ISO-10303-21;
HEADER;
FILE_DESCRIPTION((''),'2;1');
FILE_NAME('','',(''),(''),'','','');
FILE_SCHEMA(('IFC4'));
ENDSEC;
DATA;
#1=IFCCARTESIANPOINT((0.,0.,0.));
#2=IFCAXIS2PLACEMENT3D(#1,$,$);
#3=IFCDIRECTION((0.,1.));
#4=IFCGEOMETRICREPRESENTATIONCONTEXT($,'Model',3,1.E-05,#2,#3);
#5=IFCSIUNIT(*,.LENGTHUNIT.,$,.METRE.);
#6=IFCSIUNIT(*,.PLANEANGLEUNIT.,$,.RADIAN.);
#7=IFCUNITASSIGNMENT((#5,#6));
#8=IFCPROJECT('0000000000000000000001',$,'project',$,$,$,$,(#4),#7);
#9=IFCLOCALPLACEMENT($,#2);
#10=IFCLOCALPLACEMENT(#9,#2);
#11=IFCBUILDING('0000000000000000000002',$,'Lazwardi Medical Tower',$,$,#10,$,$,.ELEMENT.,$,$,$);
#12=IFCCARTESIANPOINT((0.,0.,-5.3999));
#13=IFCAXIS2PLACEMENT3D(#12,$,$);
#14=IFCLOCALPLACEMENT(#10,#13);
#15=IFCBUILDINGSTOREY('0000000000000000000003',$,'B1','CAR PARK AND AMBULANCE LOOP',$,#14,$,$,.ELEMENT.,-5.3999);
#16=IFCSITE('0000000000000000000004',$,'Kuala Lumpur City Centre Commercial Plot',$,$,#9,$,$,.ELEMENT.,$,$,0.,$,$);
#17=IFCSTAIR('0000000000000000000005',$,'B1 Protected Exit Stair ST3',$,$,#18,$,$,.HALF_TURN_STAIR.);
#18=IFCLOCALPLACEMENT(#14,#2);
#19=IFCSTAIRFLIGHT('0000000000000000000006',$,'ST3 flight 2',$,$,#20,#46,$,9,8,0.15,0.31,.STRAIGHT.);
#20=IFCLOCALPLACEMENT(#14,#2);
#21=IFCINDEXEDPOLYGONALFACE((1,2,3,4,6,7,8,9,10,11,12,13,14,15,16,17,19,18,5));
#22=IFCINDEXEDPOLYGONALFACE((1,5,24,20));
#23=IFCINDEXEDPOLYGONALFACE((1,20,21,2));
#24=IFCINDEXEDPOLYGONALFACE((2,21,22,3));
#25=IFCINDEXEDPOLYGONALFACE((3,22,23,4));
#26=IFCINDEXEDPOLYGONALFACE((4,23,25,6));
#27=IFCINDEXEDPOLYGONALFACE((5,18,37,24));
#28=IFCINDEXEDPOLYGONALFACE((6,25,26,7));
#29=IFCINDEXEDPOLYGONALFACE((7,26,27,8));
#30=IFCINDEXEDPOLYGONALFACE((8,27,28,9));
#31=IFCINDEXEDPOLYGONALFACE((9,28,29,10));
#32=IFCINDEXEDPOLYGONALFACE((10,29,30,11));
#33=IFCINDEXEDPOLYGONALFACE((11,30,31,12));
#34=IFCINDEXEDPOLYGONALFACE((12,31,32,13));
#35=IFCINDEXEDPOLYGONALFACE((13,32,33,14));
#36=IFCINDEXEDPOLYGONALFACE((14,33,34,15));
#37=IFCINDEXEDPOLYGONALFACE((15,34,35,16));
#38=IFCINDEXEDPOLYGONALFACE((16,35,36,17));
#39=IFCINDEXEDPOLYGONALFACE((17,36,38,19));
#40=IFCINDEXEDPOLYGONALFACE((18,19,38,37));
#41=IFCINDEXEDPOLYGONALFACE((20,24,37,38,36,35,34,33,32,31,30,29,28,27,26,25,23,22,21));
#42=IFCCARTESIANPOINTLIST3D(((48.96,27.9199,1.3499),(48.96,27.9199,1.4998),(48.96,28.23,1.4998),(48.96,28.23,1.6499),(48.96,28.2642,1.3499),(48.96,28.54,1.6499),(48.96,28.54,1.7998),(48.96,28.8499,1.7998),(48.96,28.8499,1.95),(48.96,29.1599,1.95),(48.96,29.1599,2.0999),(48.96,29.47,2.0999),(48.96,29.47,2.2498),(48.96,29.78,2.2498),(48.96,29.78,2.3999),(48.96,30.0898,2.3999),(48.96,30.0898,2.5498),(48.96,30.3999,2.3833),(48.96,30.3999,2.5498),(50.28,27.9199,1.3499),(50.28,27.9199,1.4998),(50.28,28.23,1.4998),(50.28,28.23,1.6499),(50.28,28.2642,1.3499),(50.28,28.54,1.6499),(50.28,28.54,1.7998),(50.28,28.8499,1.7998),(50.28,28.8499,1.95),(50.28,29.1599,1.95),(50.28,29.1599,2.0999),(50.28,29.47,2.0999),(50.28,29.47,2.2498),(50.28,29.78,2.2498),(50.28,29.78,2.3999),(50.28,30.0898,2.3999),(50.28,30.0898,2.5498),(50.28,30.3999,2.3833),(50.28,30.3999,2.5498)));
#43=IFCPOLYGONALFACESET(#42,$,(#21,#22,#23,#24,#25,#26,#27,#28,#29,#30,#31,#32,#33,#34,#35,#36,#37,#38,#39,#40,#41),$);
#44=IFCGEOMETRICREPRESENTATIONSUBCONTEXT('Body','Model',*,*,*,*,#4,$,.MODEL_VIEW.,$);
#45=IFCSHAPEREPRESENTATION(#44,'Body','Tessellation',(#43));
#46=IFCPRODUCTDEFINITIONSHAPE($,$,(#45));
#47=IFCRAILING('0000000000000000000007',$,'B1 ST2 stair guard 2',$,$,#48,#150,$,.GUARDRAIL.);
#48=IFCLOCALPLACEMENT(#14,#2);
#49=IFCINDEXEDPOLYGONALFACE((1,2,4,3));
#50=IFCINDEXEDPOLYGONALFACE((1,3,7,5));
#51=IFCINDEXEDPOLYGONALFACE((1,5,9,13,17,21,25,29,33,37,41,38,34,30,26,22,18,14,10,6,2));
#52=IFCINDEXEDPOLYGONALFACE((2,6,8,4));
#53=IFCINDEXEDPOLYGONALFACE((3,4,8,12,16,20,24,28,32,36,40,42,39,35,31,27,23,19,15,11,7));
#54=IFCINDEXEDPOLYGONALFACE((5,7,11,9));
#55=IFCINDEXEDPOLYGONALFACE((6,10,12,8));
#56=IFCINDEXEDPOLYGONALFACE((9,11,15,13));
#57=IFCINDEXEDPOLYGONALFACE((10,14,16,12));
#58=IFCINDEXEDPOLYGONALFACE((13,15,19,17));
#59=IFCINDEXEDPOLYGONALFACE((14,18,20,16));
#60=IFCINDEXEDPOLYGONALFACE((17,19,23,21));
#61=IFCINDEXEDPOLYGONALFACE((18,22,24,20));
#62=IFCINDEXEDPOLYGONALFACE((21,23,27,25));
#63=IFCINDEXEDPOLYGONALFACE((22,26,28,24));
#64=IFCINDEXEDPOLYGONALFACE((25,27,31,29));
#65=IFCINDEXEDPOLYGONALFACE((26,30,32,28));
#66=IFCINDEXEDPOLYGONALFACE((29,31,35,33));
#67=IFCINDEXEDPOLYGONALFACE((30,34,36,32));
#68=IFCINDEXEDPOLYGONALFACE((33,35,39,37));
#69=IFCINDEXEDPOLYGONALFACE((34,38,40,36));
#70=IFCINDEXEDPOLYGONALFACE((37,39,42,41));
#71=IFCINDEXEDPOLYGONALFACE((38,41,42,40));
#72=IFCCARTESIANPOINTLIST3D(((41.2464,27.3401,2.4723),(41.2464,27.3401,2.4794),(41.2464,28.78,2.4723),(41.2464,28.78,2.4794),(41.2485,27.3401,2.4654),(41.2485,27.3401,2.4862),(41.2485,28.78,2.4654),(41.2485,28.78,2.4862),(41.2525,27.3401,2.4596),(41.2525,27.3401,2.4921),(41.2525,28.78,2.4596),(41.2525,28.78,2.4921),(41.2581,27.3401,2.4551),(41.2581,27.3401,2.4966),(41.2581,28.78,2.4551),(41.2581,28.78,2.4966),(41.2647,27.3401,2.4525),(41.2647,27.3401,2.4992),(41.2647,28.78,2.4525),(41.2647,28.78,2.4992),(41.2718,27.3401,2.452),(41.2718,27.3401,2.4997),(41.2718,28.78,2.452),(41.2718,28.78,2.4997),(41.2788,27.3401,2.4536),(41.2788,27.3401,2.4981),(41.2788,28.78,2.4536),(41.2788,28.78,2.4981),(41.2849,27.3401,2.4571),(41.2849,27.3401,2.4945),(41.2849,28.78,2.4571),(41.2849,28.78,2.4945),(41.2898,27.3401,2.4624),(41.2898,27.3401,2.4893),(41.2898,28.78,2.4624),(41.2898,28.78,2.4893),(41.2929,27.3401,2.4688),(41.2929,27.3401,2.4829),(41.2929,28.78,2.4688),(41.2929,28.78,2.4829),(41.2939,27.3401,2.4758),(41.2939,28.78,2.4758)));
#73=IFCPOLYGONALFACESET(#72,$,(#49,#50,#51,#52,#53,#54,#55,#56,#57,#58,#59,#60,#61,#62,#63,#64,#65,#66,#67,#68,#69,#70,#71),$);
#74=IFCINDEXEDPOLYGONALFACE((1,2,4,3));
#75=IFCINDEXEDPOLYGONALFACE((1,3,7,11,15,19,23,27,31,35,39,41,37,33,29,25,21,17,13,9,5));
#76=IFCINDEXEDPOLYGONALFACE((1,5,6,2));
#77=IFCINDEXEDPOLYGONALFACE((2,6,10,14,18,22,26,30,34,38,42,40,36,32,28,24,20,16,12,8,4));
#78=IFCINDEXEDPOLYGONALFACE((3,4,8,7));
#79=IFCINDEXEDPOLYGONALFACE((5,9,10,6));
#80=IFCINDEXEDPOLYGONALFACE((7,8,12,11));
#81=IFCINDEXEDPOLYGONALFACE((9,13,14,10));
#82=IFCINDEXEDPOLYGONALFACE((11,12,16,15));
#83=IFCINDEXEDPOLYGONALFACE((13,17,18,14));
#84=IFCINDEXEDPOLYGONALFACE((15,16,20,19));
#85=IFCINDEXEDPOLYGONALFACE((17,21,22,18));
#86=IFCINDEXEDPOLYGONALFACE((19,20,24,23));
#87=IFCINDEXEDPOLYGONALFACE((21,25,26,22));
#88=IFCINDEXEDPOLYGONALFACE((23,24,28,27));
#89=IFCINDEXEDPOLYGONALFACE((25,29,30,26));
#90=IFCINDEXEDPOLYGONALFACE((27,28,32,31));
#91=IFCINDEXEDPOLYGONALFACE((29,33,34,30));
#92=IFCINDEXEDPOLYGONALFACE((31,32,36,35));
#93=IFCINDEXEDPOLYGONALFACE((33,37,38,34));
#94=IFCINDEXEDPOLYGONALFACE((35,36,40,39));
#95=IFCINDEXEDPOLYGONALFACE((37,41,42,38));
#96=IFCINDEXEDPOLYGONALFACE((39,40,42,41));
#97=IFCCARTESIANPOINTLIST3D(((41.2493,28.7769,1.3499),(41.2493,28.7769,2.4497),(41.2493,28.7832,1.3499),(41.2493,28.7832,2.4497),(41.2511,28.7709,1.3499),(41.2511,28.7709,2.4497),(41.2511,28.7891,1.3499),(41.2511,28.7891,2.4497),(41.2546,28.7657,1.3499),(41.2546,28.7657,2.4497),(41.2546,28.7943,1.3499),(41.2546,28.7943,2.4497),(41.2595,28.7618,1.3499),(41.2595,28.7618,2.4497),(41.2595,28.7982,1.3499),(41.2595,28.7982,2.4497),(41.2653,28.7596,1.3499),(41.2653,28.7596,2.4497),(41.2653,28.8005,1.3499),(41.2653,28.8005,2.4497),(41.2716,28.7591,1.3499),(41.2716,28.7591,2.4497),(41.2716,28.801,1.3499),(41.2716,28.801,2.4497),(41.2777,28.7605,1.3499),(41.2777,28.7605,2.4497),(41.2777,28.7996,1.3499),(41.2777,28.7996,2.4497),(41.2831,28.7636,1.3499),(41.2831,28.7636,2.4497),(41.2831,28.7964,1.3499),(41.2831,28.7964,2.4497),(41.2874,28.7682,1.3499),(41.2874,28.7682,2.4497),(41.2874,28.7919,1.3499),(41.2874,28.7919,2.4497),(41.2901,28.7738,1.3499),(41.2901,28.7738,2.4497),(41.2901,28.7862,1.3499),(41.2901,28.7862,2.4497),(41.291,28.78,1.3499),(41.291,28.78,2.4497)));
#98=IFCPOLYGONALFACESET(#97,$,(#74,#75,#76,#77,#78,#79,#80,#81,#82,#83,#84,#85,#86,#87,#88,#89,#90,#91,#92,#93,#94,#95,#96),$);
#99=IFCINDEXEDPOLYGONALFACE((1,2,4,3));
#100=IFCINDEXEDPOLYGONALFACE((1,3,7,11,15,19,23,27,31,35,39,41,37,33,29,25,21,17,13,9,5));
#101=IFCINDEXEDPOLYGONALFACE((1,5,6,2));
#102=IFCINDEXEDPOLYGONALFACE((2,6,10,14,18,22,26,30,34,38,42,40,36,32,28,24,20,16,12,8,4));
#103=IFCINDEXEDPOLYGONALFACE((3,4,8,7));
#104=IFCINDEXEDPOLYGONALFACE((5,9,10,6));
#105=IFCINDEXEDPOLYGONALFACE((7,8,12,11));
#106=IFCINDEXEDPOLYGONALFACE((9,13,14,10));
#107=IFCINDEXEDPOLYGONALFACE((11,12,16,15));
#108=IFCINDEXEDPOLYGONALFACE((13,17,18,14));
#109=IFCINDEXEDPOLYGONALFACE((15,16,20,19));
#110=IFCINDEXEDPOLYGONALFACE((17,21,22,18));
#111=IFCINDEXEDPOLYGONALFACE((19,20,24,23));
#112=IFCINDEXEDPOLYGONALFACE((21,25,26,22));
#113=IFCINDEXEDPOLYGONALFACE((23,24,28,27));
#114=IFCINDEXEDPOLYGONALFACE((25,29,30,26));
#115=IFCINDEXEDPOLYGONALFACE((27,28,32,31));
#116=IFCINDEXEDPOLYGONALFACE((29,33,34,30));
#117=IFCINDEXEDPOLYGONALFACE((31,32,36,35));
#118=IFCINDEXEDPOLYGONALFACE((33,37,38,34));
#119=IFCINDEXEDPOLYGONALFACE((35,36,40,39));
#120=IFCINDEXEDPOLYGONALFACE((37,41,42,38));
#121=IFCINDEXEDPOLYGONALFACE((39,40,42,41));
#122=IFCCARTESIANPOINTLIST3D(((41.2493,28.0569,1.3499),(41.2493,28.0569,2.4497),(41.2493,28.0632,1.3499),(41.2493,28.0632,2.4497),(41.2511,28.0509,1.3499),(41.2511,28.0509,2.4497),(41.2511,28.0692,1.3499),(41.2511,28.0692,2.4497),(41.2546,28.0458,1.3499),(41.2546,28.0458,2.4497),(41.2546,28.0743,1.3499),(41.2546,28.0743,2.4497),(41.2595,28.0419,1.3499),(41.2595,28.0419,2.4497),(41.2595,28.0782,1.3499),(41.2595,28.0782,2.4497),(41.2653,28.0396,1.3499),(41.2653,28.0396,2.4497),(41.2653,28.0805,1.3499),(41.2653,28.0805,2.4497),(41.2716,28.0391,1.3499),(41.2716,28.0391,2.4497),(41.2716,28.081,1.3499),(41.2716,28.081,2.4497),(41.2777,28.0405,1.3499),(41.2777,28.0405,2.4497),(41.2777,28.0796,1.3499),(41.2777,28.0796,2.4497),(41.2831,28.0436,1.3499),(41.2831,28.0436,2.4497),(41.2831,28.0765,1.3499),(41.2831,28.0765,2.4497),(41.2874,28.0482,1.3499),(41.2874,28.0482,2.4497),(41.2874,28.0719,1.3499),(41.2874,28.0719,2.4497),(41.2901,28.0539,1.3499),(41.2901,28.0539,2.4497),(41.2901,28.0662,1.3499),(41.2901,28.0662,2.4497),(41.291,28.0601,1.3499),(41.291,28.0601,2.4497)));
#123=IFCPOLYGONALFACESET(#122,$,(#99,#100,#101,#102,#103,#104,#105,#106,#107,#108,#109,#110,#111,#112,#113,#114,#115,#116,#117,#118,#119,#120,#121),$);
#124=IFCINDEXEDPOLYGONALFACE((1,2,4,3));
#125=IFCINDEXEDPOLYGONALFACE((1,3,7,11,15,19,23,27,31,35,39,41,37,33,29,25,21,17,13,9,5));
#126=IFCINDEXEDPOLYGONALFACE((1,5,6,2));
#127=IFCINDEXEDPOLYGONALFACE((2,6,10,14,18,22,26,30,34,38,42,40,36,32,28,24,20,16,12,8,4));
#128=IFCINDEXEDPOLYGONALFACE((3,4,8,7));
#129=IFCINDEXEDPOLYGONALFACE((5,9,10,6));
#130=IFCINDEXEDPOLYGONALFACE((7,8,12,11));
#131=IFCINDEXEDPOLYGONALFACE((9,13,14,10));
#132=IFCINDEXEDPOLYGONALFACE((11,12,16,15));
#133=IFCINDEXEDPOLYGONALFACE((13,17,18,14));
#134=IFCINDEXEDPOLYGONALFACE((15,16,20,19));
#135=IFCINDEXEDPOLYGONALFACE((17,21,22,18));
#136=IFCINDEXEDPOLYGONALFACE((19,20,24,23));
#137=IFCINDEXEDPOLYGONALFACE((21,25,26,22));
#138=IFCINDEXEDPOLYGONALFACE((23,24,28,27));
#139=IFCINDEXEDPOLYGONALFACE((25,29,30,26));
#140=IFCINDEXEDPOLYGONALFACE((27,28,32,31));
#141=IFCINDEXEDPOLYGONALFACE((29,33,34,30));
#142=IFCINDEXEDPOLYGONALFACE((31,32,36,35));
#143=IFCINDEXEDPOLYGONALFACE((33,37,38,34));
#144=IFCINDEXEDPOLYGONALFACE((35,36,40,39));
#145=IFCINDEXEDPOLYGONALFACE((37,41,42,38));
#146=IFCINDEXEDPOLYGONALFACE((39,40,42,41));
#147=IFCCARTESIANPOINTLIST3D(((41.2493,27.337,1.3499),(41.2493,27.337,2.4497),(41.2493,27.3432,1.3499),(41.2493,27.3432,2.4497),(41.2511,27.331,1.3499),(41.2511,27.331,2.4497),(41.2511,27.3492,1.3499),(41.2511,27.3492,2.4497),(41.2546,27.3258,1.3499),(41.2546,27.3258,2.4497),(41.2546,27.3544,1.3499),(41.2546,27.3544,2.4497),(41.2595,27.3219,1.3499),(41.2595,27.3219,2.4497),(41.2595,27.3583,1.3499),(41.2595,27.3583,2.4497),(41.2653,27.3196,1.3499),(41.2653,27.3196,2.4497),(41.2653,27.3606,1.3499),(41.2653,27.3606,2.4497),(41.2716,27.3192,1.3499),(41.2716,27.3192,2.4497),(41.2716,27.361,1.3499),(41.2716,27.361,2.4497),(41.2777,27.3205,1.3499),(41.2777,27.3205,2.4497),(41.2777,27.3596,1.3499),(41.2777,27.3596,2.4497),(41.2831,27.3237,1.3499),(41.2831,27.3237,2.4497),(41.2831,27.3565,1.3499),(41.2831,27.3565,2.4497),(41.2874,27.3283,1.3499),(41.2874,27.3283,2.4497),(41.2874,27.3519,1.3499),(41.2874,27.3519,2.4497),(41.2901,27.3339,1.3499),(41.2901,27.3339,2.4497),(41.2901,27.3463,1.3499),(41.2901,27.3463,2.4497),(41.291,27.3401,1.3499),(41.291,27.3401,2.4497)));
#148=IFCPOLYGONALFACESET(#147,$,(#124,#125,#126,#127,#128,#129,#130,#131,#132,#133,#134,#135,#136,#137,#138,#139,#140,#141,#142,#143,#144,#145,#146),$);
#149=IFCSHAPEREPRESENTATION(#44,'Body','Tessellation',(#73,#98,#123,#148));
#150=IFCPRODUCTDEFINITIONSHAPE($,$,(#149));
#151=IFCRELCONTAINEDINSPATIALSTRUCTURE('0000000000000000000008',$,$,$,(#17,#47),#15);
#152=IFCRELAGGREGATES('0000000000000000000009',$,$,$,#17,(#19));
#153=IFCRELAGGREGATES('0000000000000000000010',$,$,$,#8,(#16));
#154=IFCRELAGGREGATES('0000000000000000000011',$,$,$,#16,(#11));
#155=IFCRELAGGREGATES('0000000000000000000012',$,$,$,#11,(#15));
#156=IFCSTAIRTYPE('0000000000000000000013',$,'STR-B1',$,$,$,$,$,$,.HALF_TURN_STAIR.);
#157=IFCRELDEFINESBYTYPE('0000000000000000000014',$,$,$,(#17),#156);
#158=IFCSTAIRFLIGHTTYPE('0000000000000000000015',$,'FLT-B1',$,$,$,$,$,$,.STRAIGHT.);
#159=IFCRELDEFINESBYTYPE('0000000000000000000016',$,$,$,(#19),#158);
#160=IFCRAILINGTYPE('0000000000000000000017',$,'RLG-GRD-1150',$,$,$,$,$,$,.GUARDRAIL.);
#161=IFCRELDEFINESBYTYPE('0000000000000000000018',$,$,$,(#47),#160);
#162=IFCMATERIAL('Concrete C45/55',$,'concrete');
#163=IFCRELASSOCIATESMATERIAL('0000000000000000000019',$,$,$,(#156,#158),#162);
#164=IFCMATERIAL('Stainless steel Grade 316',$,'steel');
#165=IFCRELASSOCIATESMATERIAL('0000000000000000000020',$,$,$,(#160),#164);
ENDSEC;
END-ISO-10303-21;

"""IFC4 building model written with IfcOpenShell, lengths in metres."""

from ifc_helpers import new_model, si_unit, direction, frame, origin, origin_2d, place, context, subcontext, project, spatial, polyline, circle, outline, extrude, material, type_object, element, aggregate, save


model = new_model("IFC4")

# Units and contexts
model_context = context("Model", 3, precision=1e-05, world=origin(), true_north=direction((0.0, 1.0)))
body_context = subcontext(model_context, "Body", "Model", "MODEL_VIEW")
ifc_project = project(units=[si_unit("LENGTHUNIT", "METRE"), si_unit("PLANEANGLEUNIT", "RADIAN")], contexts=[model_context])

# Site, building, storey
site_placement = place(None, origin())
site = spatial("IfcSite", under=ifc_project, at=site_placement, Name="Kuala Lumpur City Centre Commercial Plot", CompositionType="ELEMENT", RefElevation=0.0)
building_placement = place(site_placement, origin())
building = spatial("IfcBuilding", under=site, at=building_placement, Name="Lazwardi Medical Tower", CompositionType="ELEMENT")
storey_placement = place(building_placement, frame((0.0, 0.0, -5.3999)))
storey = spatial("IfcBuildingStorey", under=building, at=storey_placement, Name="B1", Description="CAR PARK AND AMBULANCE LOOP", CompositionType="ELEMENT", Elevation=-5.3999)

# Shared definitions
ifc_material_1 = material(Name="Concrete C45/55", Category="concrete")
stair_type = type_object("IfcStairType", Name="STR-B1", PredefinedType="HALF_TURN_STAIR", material=ifc_material_1)
stair_flight_type = type_object("IfcStairFlightType", Name="FLT-B1", PredefinedType="STRAIGHT", material=ifc_material_1)

# Stair, stair flight
stair_1_placement = place(storey_placement, origin())
stair_1 = element("IfcStair", 1, at=stair_1_placement, inside=storey, type_object=stair_type, Name="B1 Protected Exit Stair ST3", PredefinedType="HALF_TURN_STAIR")
stair_flight_1_placement = place(storey_placement, frame((49.6201, 27.9199, 1.3499), z_axis=(0.0, 0.0, 1.0), x_axis=(0.0, 1.0, 0.0)))
stair_flight_1 = element("IfcStairFlight", 2, at=stair_flight_1_placement, type_object=stair_flight_type, Name="ST3 flight 2", NumberOfRisers=9, NumberOfTreads=8, PredefinedType="STRAIGHT", RiserHeight=0.15, TreadLength=0.31, context=body_context, shape_type="SweptSolid", body=[
    extrude(outline(polyline([(0.0, 0.0), (0.0, 0.1499), (0.3101, 0.1499), (0.3101, 0.3), (0.6201, 0.3), (0.6201, 0.45), (0.9299, 0.45), (0.9299, 0.6001), (1.24, 0.6001), (1.24, 0.75), (1.55, 0.75), (1.55, 0.8999), (1.8601, 0.8999), (1.8601, 1.05), (2.1699, 1.05), (2.1699, 1.2), (2.48, 1.2), (2.48, 1.3501), (2.48, 1.0334), (0.3442, 0.0), (0.0, 0.0)])), frame((0.0, 0.6602, 0.0), z_axis=(0.0, -1.0, 0.0), x_axis=(1.0, 0.0, 0.0)), (0.0, 0.0, 1.0), 1.3201),
])
aggregate(stair_1, [stair_flight_1])

# Railing
ifc_material_2 = material(Name="Stainless steel Grade 316", Category="steel")
railing_type_1 = type_object("IfcRailingType", Name="RLG-GRD-1150", PredefinedType="GUARDRAIL", material=ifc_material_2)
railing_1_placement = place(storey_placement, frame((41.27, 28.78, 1.3499)))
element("IfcRailing", 3, at=railing_1_placement, inside=storey, type_object=railing_type_1, Name="B1 ST2 stair guard 2", PredefinedType="GUARDRAIL", context=body_context, shape_type="SweptSolid", body=[
    extrude(circle(Radius=0.0239, at=origin_2d()), frame((0.0, 0.0, 1.126), z_axis=(0.0, -1.0, 0.0), x_axis=(1.0, 0.0, 0.0)), (0.0, 0.0, 1.0), 1.4399),
    extrude(circle(Radius=0.021, at=origin_2d()), origin(), (0.0, 0.0, 1.0), 1.0999),
    extrude(circle(Radius=0.021, at=origin_2d()), frame((0.0, -0.72, 0.0)), (0.0, 0.0, 1.0), 1.0999),
    extrude(circle(Radius=0.021, at=origin_2d()), frame((0.0, -1.4399, 0.0)), (0.0, 0.0, 1.0), 1.0999),
])

save(model, "model.ifc")
